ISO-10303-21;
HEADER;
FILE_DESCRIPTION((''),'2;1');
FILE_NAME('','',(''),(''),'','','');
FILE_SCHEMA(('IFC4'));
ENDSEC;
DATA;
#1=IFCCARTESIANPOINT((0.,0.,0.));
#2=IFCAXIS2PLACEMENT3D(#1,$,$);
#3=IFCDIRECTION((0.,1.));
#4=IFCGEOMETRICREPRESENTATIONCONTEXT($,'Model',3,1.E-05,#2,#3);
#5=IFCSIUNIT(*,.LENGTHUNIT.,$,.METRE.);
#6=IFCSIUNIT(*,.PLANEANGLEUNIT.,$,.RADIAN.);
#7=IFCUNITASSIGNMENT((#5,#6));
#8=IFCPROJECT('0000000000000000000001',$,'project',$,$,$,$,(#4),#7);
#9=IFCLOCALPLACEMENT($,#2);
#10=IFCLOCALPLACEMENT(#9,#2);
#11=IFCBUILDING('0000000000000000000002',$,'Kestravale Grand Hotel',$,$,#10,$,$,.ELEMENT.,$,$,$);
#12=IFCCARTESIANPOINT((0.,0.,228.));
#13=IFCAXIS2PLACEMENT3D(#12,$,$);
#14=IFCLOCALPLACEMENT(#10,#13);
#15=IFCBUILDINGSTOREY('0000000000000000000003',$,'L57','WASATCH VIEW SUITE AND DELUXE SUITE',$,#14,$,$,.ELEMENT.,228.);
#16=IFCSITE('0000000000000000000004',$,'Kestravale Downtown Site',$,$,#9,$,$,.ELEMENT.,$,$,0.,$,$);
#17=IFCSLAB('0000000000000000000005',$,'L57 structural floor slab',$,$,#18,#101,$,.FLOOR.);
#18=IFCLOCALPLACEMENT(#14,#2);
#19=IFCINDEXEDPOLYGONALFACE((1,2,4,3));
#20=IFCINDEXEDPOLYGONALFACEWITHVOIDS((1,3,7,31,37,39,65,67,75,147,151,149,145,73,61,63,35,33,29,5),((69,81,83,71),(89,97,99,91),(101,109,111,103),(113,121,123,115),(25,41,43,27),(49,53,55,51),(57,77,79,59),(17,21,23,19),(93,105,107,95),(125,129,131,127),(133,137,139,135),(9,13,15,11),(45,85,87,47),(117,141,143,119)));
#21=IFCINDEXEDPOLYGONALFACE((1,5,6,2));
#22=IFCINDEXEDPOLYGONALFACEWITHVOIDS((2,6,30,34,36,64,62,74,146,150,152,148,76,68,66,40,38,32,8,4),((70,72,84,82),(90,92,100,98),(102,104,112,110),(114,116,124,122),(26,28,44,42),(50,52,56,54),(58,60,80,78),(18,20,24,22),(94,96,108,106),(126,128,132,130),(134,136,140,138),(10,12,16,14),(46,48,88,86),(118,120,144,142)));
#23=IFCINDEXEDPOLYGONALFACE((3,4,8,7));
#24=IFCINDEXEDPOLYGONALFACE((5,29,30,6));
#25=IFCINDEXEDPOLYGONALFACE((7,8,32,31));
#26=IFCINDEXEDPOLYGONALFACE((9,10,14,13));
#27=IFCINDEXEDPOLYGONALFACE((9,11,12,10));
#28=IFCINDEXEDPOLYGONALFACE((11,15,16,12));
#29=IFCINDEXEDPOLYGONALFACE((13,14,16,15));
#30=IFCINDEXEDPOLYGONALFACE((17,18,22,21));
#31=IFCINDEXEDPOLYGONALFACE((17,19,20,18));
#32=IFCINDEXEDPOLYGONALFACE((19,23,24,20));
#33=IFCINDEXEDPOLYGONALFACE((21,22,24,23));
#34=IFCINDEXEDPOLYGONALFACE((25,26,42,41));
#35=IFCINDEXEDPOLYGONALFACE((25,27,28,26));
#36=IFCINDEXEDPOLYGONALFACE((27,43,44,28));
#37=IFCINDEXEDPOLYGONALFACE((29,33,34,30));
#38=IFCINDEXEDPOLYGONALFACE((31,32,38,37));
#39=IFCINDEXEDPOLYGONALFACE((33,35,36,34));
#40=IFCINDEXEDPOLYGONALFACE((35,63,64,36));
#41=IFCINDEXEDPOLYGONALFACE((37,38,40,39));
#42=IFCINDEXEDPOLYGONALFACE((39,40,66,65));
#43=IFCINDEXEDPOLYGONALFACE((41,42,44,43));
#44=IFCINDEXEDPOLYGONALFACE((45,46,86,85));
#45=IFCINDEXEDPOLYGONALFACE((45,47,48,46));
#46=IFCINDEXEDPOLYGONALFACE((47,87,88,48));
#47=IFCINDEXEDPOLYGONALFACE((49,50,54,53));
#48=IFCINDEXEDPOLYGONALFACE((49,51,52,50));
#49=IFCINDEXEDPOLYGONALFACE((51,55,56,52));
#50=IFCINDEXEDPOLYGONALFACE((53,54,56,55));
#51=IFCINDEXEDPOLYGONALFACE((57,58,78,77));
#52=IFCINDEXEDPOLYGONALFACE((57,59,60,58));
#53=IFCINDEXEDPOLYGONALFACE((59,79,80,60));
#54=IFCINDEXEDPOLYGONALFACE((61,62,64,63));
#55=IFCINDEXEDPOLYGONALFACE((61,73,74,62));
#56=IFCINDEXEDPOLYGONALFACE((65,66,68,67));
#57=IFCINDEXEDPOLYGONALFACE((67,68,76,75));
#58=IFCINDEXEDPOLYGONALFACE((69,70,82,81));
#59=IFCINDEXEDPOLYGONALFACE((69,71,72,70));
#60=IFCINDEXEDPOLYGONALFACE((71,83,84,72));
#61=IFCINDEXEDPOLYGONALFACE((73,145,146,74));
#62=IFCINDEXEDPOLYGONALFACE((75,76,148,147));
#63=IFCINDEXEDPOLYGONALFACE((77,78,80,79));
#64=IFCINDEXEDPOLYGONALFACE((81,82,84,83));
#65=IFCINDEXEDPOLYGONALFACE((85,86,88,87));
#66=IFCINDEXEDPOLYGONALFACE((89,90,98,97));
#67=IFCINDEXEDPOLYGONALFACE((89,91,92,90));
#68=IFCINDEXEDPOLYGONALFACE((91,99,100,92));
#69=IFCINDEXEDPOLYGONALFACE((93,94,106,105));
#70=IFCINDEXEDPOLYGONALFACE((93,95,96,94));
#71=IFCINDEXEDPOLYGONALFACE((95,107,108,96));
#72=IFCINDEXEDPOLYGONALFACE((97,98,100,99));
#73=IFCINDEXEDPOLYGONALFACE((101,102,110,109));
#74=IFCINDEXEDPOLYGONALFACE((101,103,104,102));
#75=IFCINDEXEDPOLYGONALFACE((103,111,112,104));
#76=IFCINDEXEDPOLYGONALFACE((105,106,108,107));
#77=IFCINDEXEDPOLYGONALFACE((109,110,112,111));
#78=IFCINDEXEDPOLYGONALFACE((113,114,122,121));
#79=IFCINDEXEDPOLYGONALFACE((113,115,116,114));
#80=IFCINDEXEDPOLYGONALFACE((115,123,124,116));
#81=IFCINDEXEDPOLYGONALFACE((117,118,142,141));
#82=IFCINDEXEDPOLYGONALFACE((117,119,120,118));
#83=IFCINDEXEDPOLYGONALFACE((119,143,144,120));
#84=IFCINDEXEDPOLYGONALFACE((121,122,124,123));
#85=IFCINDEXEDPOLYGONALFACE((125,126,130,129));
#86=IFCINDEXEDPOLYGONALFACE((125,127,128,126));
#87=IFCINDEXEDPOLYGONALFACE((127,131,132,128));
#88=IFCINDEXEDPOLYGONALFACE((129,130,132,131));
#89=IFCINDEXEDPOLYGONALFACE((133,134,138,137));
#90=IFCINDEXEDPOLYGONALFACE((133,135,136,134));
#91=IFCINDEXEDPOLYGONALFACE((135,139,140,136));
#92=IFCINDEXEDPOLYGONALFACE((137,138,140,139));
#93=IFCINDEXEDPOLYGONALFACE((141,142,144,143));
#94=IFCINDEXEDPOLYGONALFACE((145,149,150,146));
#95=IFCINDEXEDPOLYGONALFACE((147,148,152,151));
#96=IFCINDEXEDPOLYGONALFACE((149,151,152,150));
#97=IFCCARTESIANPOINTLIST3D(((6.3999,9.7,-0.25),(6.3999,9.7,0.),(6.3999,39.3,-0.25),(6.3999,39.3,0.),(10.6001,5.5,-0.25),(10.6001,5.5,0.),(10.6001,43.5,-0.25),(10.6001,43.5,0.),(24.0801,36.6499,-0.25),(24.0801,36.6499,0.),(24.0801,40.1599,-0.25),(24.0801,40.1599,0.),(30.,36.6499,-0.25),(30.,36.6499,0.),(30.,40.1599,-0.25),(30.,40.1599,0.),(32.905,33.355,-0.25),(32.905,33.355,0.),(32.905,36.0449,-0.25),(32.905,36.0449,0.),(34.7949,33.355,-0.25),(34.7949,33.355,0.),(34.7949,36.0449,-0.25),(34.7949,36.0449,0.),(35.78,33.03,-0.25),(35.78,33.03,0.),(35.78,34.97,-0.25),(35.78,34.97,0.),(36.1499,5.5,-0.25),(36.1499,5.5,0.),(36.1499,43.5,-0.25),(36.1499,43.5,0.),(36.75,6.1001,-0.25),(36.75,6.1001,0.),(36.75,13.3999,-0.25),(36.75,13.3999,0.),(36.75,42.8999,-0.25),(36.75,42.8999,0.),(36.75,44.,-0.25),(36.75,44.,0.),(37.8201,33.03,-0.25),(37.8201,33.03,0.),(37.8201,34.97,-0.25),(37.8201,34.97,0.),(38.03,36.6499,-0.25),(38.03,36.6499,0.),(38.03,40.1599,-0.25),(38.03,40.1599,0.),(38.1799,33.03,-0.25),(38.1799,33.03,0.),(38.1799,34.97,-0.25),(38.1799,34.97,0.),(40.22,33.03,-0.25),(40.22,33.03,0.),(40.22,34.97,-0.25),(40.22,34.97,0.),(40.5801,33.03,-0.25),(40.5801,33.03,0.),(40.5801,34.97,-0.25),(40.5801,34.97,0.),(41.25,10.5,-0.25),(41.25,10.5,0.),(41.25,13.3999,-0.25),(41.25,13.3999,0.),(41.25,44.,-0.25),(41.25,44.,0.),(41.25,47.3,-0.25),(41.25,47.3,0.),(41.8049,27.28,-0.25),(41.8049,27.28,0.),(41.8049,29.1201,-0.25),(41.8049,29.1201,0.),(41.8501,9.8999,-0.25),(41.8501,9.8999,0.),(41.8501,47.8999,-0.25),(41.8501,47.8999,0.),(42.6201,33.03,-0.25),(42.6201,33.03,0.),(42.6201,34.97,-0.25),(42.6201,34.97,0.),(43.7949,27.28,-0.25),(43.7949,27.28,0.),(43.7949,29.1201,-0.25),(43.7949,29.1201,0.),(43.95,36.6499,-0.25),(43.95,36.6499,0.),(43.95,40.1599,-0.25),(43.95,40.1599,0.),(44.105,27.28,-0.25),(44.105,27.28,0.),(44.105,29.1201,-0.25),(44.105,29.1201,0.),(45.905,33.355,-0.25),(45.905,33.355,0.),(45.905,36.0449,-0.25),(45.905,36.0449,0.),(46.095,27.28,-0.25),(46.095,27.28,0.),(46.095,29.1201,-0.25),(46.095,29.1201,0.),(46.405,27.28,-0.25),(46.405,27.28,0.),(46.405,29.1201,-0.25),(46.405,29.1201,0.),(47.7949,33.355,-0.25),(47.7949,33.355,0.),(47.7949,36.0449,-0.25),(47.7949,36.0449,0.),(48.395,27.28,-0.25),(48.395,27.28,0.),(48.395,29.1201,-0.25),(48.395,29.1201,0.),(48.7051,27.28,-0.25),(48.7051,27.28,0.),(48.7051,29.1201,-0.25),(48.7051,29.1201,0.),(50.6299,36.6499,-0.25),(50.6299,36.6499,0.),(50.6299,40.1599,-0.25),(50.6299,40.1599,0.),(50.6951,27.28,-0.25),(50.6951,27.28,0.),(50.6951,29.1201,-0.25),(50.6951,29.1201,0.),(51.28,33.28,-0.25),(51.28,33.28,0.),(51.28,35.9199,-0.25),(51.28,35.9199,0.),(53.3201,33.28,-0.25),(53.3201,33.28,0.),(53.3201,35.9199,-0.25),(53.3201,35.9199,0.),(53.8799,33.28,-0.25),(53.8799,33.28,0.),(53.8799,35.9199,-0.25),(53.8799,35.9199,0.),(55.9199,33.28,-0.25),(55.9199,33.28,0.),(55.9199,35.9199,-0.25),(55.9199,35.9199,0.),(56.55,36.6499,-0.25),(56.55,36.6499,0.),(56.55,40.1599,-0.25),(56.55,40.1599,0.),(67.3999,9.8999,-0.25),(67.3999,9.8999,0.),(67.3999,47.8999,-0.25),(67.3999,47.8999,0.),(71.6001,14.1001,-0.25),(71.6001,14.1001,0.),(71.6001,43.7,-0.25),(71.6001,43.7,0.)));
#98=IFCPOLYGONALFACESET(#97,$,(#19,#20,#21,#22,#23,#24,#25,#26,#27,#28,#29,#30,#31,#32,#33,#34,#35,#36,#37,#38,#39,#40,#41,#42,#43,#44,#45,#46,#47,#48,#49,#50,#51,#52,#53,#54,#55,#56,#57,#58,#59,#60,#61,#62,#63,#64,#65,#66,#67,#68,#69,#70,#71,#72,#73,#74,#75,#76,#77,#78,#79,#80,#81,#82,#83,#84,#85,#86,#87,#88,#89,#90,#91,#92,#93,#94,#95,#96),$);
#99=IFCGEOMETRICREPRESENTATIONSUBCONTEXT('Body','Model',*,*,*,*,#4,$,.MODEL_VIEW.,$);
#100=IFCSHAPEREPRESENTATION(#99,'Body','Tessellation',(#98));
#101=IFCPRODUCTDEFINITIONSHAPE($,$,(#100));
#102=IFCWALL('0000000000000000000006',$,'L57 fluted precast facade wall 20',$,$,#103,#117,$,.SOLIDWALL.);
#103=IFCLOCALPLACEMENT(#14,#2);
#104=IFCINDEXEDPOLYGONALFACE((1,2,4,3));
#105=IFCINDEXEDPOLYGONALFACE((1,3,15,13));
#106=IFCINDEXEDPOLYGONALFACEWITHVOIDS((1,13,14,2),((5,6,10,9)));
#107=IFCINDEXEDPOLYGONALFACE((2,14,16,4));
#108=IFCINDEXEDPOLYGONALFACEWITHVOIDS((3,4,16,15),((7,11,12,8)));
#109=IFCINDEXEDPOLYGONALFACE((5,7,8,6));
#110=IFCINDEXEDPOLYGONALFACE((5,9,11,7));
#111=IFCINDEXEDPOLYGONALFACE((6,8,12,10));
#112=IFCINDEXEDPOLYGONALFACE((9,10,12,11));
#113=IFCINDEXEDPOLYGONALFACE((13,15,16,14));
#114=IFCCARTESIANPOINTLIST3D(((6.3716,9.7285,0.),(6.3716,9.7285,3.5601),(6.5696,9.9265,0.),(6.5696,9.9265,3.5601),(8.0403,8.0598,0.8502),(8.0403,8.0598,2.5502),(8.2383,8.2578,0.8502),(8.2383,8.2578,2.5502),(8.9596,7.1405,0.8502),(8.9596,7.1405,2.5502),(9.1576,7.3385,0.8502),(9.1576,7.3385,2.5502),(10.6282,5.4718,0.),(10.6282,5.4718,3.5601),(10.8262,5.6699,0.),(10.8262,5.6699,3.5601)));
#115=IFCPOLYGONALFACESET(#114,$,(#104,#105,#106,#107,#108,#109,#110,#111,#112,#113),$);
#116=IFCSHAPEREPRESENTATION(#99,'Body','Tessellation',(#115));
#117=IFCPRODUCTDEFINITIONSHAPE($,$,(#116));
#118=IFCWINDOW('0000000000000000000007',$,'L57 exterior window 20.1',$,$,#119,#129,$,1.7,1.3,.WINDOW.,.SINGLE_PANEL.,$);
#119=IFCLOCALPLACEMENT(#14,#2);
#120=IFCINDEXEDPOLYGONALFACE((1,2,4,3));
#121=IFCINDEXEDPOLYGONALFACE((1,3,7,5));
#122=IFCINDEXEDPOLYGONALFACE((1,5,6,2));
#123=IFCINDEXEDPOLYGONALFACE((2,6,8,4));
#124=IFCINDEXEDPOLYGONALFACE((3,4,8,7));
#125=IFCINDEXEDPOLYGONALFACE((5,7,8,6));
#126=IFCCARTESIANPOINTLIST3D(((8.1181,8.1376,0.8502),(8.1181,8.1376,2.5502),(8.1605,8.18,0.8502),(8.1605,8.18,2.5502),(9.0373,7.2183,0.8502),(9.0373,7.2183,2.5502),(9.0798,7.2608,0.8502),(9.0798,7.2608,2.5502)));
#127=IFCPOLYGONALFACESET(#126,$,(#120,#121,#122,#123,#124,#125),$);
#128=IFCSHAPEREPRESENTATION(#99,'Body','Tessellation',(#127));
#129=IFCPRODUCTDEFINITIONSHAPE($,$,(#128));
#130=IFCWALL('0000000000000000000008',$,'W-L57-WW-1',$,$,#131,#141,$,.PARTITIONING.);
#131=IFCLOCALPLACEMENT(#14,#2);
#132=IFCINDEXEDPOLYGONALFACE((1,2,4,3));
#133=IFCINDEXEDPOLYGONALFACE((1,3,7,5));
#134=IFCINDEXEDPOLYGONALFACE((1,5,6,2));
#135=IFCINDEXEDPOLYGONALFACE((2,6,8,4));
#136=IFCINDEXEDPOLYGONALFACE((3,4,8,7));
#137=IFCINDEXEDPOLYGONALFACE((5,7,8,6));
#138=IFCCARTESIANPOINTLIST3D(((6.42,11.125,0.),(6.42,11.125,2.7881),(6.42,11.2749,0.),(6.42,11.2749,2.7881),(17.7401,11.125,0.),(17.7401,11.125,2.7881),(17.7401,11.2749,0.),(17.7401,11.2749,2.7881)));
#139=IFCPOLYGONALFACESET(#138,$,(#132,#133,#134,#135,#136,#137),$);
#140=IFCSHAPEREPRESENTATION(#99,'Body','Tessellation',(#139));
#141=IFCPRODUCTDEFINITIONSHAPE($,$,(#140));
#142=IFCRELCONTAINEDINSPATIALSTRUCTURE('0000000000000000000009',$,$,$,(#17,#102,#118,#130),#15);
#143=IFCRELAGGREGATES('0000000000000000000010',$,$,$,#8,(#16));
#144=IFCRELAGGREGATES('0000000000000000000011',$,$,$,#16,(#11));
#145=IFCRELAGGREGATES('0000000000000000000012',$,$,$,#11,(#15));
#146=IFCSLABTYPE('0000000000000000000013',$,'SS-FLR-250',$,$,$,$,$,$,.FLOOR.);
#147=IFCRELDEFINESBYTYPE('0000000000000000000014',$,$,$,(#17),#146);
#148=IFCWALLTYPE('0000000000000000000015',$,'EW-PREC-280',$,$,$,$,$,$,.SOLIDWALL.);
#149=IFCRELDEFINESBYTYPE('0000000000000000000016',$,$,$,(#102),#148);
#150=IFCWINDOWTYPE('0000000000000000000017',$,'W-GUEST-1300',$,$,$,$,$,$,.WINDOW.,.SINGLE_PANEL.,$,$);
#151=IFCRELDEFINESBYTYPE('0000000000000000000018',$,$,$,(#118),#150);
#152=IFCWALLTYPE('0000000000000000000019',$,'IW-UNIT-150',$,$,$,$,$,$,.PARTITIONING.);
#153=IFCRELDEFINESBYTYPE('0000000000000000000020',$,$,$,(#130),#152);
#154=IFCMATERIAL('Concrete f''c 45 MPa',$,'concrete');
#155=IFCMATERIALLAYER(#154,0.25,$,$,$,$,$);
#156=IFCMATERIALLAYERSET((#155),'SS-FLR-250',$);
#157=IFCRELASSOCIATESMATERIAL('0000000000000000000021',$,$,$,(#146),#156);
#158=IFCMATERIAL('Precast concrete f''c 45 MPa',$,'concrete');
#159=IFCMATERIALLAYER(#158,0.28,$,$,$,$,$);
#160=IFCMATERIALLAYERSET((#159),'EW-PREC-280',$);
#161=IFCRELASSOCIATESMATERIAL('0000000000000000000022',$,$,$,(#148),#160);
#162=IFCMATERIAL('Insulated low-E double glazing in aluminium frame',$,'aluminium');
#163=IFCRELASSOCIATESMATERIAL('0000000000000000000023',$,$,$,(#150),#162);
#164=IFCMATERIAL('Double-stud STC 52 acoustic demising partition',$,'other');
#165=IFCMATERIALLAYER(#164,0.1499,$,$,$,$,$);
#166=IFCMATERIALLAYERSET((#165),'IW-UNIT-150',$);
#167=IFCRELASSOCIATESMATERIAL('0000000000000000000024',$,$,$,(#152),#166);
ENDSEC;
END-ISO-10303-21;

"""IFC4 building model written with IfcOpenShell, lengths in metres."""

from ifc_helpers import new_model, si_unit, direction, frame, frame_2d, origin, place, context, subcontext, project, spatial, polyline, rectangle, outline, extrude, material, layer, layer_set, type_object, element, fill, save


model = new_model("IFC4")

# Units and contexts
model_context = context("Model", 3, precision=1e-05, world=origin(), true_north=direction((0.0, 1.0)))
body_context = subcontext(model_context, "Body", "Model", "MODEL_VIEW")
ifc_project = project(units=[si_unit("LENGTHUNIT", "METRE"), si_unit("PLANEANGLEUNIT", "RADIAN")], contexts=[model_context])

# Site, building, storey
site_placement = place(None, origin())
site = spatial("IfcSite", under=ifc_project, at=site_placement, Name="Kestravale Downtown Site", CompositionType="ELEMENT", RefElevation=0.0)
building_placement = place(site_placement, origin())
building = spatial("IfcBuilding", under=site, at=building_placement, Name="Kestravale Grand Hotel", CompositionType="ELEMENT")
storey_placement = place(building_placement, frame((0.0, 0.0, 228.0)))
storey = spatial("IfcBuildingStorey", under=building, at=storey_placement, Name="L57", Description="WASATCH VIEW SUITE AND DELUXE SUITE", CompositionType="ELEMENT", Elevation=228.0)

# Slab
ifc_material_1 = material(Name="Concrete f'c 45 MPa", Category="concrete")
ifc_layer_1 = layer(ifc_material_1, 0.25)
ifc_layer_set_1 = layer_set([ifc_layer_1], Name="SS-FLR-250")
slab_type_1 = type_object("IfcSlabType", Name="SS-FLR-250", PredefinedType="FLOOR", material=ifc_layer_set_1)
slab_1_placement = place(storey_placement, frame((0.0, 0.0, -0.25)))
element("IfcSlab", 1, at=slab_1_placement, inside=storey, type_object=slab_type_1, Name="L57 structural floor slab", PredefinedType="FLOOR", context=body_context, shape_type="SweptSolid", body=[
    extrude(outline(polyline([(10.6001, 5.5), (36.1499, 5.5), (36.75, 6.1001), (36.75, 13.3999), (41.25, 13.3999), (41.25, 10.5), (41.8501, 9.8999), (67.3999, 9.8999), (71.6001, 14.1001), (71.6001, 43.7), (67.3999, 47.8999), (41.8501, 47.8999), (41.25, 47.3), (41.25, 44.0), (36.75, 44.0), (36.75, 42.8999), (36.1499, 43.5), (10.6001, 43.5), (6.3999, 39.3), (6.3999, 9.7), (10.6001, 5.5)]), holes=[polyline([(24.0801, 36.6499), (30.0, 36.6499), (30.0, 40.1599), (24.0801, 40.1599), (24.0801, 36.6499)]), polyline([(38.03, 36.6499), (43.95, 36.6499), (43.95, 40.1599), (38.03, 40.1599), (38.03, 36.6499)]), polyline([(50.6299, 36.6499), (56.55, 36.6499), (56.55, 40.1599), (50.6299, 40.1599), (50.6299, 36.6499)]), polyline([(41.8049, 27.28), (43.7949, 27.28), (43.7949, 29.1201), (41.8049, 29.1201), (41.8049, 27.28)]), polyline([(44.105, 27.28), (46.095, 27.28), (46.095, 29.1201), (44.105, 29.1201), (44.105, 27.28)]), polyline([(46.405, 27.28), (48.395, 27.28), (48.395, 29.1201), (46.405, 29.1201), (46.405, 27.28)]), polyline([(48.7051, 27.28), (50.6951, 27.28), (50.6951, 29.1201), (48.7051, 29.1201), (48.7051, 27.28)]), polyline([(35.78, 33.03), (37.8201, 33.03), (37.8201, 34.97), (35.78, 34.97), (35.78, 33.03)]), polyline([(38.1799, 33.03), (40.22, 33.03), (40.22, 34.97), (38.1799, 34.97), (38.1799, 33.03)]), polyline([(40.5801, 33.03), (42.6201, 33.03), (42.6201, 34.97), (40.5801, 34.97), (40.5801, 33.03)]), polyline([(32.905, 33.355), (34.7949, 33.355), (34.7949, 36.0449), (32.905, 36.0449), (32.905, 33.355)]), polyline([(45.905, 33.355), (47.7949, 33.355), (47.7949, 36.0449), (45.905, 36.0449), (45.905, 33.355)]), polyline([(51.28, 33.28), (53.3201, 33.28), (53.3201, 35.9199), (51.28, 35.9199), (51.28, 33.28)]), polyline([(53.8799, 33.28), (55.9199, 33.28), (55.9199, 35.9199), (53.8799, 35.9199), (53.8799, 33.28)])]), origin(), (0.0, 0.0, 1.0), 0.25),
])

# Wall, opening, window
ifc_material_2 = material(Name="Precast concrete f'c 45 MPa", Category="concrete")
ifc_layer_2 = layer(ifc_material_2, 0.28)
ifc_layer_set_2 = layer_set([ifc_layer_2], Name="EW-PREC-280")
wall_type_1 = type_object("IfcWallType", Name="EW-PREC-280", PredefinedType="SOLIDWALL", material=ifc_layer_set_2)
wall_1_placement = place(storey_placement, frame((6.4707, 9.8274, 0.0), z_axis=(0.0, 0.0, 1.0), x_axis=(0.707107, -0.707107, 0.0)))
wall_1 = element("IfcWall", 2, at=wall_1_placement, inside=storey, type_object=wall_type_1, Name="L57 fluted precast facade wall 20", PredefinedType="SOLIDWALL", context=body_context, shape_type="SweptSolid", body=[
    extrude(rectangle(XDim=6.0198, YDim=0.28, at=frame_2d((3.0098, 0.0))), origin(), (0.0, 0.0, 1.0), 3.5601),
])
opening_placement = place(wall_1_placement, frame((2.3599, 0.0, 0.8501)))
opening = element("IfcOpeningElement", 3, at=opening_placement, cuts=wall_1, PredefinedType="OPENING", context=body_context, shape_type="SweptSolid", body=[
    extrude(rectangle(XDim=1.3, YDim=1.7, at=frame_2d((0.6499, 0.8501))), frame((0.0, 0.1499, 0.0), z_axis=(0.0, -1.0, 0.0), x_axis=(1.0, 0.0, 0.0)), (0.0, 0.0, 1.0), 0.3),
])
ifc_material_3 = material(Name="Insulated low-E double glazing in aluminium frame", Category="aluminium")
window_type = type_object("IfcWindowType", Name="W-GUEST-1300", PartitioningType="SINGLE_PANEL", PredefinedType="WINDOW", material=ifc_material_3)
window_placement = place(opening_placement, origin())
window = element("IfcWindow", 4, at=window_placement, inside=storey, type_object=window_type, Name="L57 exterior window 20.1", OverallHeight=1.7, OverallWidth=1.3, PartitioningType="SINGLE_PANEL", PredefinedType="WINDOW", context=body_context, shape_type="SweptSolid", body=[
    extrude(rectangle(XDim=1.3, YDim=1.7, at=frame_2d((0.6499, 0.8501))), frame((0.0, 0.03, 0.0), z_axis=(0.0, -1.0, 0.0), x_axis=(1.0, 0.0, 0.0)), (0.0, 0.0, 1.0), 0.0601),
])
fill(opening, window)

# Wall
ifc_material_4 = material(Name="Double-stud STC 52 acoustic demising partition", Category="other")
ifc_layer_3 = layer(ifc_material_4, 0.1499)
ifc_layer_set_3 = layer_set([ifc_layer_3], Name="IW-UNIT-150")
wall_type_2 = type_object("IfcWallType", Name="IW-UNIT-150", PredefinedType="PARTITIONING", material=ifc_layer_set_3)
wall_2_placement = place(storey_placement, frame((6.4199, 11.2, 0.0), z_axis=(0.0, 0.0, 1.0), x_axis=(1.0, 0.0, 0.0)))
element("IfcWall", 5, at=wall_2_placement, inside=storey, type_object=wall_type_2, Name="W-L57-WW-1", PredefinedType="PARTITIONING", context=body_context, shape_type="SweptSolid", body=[
    extrude(rectangle(XDim=11.3201, YDim=0.1499, at=frame_2d((5.6602, 0.0))), origin(), (0.0, 0.0, 1.0), 2.7881),
])

save(model, "model.ifc")
